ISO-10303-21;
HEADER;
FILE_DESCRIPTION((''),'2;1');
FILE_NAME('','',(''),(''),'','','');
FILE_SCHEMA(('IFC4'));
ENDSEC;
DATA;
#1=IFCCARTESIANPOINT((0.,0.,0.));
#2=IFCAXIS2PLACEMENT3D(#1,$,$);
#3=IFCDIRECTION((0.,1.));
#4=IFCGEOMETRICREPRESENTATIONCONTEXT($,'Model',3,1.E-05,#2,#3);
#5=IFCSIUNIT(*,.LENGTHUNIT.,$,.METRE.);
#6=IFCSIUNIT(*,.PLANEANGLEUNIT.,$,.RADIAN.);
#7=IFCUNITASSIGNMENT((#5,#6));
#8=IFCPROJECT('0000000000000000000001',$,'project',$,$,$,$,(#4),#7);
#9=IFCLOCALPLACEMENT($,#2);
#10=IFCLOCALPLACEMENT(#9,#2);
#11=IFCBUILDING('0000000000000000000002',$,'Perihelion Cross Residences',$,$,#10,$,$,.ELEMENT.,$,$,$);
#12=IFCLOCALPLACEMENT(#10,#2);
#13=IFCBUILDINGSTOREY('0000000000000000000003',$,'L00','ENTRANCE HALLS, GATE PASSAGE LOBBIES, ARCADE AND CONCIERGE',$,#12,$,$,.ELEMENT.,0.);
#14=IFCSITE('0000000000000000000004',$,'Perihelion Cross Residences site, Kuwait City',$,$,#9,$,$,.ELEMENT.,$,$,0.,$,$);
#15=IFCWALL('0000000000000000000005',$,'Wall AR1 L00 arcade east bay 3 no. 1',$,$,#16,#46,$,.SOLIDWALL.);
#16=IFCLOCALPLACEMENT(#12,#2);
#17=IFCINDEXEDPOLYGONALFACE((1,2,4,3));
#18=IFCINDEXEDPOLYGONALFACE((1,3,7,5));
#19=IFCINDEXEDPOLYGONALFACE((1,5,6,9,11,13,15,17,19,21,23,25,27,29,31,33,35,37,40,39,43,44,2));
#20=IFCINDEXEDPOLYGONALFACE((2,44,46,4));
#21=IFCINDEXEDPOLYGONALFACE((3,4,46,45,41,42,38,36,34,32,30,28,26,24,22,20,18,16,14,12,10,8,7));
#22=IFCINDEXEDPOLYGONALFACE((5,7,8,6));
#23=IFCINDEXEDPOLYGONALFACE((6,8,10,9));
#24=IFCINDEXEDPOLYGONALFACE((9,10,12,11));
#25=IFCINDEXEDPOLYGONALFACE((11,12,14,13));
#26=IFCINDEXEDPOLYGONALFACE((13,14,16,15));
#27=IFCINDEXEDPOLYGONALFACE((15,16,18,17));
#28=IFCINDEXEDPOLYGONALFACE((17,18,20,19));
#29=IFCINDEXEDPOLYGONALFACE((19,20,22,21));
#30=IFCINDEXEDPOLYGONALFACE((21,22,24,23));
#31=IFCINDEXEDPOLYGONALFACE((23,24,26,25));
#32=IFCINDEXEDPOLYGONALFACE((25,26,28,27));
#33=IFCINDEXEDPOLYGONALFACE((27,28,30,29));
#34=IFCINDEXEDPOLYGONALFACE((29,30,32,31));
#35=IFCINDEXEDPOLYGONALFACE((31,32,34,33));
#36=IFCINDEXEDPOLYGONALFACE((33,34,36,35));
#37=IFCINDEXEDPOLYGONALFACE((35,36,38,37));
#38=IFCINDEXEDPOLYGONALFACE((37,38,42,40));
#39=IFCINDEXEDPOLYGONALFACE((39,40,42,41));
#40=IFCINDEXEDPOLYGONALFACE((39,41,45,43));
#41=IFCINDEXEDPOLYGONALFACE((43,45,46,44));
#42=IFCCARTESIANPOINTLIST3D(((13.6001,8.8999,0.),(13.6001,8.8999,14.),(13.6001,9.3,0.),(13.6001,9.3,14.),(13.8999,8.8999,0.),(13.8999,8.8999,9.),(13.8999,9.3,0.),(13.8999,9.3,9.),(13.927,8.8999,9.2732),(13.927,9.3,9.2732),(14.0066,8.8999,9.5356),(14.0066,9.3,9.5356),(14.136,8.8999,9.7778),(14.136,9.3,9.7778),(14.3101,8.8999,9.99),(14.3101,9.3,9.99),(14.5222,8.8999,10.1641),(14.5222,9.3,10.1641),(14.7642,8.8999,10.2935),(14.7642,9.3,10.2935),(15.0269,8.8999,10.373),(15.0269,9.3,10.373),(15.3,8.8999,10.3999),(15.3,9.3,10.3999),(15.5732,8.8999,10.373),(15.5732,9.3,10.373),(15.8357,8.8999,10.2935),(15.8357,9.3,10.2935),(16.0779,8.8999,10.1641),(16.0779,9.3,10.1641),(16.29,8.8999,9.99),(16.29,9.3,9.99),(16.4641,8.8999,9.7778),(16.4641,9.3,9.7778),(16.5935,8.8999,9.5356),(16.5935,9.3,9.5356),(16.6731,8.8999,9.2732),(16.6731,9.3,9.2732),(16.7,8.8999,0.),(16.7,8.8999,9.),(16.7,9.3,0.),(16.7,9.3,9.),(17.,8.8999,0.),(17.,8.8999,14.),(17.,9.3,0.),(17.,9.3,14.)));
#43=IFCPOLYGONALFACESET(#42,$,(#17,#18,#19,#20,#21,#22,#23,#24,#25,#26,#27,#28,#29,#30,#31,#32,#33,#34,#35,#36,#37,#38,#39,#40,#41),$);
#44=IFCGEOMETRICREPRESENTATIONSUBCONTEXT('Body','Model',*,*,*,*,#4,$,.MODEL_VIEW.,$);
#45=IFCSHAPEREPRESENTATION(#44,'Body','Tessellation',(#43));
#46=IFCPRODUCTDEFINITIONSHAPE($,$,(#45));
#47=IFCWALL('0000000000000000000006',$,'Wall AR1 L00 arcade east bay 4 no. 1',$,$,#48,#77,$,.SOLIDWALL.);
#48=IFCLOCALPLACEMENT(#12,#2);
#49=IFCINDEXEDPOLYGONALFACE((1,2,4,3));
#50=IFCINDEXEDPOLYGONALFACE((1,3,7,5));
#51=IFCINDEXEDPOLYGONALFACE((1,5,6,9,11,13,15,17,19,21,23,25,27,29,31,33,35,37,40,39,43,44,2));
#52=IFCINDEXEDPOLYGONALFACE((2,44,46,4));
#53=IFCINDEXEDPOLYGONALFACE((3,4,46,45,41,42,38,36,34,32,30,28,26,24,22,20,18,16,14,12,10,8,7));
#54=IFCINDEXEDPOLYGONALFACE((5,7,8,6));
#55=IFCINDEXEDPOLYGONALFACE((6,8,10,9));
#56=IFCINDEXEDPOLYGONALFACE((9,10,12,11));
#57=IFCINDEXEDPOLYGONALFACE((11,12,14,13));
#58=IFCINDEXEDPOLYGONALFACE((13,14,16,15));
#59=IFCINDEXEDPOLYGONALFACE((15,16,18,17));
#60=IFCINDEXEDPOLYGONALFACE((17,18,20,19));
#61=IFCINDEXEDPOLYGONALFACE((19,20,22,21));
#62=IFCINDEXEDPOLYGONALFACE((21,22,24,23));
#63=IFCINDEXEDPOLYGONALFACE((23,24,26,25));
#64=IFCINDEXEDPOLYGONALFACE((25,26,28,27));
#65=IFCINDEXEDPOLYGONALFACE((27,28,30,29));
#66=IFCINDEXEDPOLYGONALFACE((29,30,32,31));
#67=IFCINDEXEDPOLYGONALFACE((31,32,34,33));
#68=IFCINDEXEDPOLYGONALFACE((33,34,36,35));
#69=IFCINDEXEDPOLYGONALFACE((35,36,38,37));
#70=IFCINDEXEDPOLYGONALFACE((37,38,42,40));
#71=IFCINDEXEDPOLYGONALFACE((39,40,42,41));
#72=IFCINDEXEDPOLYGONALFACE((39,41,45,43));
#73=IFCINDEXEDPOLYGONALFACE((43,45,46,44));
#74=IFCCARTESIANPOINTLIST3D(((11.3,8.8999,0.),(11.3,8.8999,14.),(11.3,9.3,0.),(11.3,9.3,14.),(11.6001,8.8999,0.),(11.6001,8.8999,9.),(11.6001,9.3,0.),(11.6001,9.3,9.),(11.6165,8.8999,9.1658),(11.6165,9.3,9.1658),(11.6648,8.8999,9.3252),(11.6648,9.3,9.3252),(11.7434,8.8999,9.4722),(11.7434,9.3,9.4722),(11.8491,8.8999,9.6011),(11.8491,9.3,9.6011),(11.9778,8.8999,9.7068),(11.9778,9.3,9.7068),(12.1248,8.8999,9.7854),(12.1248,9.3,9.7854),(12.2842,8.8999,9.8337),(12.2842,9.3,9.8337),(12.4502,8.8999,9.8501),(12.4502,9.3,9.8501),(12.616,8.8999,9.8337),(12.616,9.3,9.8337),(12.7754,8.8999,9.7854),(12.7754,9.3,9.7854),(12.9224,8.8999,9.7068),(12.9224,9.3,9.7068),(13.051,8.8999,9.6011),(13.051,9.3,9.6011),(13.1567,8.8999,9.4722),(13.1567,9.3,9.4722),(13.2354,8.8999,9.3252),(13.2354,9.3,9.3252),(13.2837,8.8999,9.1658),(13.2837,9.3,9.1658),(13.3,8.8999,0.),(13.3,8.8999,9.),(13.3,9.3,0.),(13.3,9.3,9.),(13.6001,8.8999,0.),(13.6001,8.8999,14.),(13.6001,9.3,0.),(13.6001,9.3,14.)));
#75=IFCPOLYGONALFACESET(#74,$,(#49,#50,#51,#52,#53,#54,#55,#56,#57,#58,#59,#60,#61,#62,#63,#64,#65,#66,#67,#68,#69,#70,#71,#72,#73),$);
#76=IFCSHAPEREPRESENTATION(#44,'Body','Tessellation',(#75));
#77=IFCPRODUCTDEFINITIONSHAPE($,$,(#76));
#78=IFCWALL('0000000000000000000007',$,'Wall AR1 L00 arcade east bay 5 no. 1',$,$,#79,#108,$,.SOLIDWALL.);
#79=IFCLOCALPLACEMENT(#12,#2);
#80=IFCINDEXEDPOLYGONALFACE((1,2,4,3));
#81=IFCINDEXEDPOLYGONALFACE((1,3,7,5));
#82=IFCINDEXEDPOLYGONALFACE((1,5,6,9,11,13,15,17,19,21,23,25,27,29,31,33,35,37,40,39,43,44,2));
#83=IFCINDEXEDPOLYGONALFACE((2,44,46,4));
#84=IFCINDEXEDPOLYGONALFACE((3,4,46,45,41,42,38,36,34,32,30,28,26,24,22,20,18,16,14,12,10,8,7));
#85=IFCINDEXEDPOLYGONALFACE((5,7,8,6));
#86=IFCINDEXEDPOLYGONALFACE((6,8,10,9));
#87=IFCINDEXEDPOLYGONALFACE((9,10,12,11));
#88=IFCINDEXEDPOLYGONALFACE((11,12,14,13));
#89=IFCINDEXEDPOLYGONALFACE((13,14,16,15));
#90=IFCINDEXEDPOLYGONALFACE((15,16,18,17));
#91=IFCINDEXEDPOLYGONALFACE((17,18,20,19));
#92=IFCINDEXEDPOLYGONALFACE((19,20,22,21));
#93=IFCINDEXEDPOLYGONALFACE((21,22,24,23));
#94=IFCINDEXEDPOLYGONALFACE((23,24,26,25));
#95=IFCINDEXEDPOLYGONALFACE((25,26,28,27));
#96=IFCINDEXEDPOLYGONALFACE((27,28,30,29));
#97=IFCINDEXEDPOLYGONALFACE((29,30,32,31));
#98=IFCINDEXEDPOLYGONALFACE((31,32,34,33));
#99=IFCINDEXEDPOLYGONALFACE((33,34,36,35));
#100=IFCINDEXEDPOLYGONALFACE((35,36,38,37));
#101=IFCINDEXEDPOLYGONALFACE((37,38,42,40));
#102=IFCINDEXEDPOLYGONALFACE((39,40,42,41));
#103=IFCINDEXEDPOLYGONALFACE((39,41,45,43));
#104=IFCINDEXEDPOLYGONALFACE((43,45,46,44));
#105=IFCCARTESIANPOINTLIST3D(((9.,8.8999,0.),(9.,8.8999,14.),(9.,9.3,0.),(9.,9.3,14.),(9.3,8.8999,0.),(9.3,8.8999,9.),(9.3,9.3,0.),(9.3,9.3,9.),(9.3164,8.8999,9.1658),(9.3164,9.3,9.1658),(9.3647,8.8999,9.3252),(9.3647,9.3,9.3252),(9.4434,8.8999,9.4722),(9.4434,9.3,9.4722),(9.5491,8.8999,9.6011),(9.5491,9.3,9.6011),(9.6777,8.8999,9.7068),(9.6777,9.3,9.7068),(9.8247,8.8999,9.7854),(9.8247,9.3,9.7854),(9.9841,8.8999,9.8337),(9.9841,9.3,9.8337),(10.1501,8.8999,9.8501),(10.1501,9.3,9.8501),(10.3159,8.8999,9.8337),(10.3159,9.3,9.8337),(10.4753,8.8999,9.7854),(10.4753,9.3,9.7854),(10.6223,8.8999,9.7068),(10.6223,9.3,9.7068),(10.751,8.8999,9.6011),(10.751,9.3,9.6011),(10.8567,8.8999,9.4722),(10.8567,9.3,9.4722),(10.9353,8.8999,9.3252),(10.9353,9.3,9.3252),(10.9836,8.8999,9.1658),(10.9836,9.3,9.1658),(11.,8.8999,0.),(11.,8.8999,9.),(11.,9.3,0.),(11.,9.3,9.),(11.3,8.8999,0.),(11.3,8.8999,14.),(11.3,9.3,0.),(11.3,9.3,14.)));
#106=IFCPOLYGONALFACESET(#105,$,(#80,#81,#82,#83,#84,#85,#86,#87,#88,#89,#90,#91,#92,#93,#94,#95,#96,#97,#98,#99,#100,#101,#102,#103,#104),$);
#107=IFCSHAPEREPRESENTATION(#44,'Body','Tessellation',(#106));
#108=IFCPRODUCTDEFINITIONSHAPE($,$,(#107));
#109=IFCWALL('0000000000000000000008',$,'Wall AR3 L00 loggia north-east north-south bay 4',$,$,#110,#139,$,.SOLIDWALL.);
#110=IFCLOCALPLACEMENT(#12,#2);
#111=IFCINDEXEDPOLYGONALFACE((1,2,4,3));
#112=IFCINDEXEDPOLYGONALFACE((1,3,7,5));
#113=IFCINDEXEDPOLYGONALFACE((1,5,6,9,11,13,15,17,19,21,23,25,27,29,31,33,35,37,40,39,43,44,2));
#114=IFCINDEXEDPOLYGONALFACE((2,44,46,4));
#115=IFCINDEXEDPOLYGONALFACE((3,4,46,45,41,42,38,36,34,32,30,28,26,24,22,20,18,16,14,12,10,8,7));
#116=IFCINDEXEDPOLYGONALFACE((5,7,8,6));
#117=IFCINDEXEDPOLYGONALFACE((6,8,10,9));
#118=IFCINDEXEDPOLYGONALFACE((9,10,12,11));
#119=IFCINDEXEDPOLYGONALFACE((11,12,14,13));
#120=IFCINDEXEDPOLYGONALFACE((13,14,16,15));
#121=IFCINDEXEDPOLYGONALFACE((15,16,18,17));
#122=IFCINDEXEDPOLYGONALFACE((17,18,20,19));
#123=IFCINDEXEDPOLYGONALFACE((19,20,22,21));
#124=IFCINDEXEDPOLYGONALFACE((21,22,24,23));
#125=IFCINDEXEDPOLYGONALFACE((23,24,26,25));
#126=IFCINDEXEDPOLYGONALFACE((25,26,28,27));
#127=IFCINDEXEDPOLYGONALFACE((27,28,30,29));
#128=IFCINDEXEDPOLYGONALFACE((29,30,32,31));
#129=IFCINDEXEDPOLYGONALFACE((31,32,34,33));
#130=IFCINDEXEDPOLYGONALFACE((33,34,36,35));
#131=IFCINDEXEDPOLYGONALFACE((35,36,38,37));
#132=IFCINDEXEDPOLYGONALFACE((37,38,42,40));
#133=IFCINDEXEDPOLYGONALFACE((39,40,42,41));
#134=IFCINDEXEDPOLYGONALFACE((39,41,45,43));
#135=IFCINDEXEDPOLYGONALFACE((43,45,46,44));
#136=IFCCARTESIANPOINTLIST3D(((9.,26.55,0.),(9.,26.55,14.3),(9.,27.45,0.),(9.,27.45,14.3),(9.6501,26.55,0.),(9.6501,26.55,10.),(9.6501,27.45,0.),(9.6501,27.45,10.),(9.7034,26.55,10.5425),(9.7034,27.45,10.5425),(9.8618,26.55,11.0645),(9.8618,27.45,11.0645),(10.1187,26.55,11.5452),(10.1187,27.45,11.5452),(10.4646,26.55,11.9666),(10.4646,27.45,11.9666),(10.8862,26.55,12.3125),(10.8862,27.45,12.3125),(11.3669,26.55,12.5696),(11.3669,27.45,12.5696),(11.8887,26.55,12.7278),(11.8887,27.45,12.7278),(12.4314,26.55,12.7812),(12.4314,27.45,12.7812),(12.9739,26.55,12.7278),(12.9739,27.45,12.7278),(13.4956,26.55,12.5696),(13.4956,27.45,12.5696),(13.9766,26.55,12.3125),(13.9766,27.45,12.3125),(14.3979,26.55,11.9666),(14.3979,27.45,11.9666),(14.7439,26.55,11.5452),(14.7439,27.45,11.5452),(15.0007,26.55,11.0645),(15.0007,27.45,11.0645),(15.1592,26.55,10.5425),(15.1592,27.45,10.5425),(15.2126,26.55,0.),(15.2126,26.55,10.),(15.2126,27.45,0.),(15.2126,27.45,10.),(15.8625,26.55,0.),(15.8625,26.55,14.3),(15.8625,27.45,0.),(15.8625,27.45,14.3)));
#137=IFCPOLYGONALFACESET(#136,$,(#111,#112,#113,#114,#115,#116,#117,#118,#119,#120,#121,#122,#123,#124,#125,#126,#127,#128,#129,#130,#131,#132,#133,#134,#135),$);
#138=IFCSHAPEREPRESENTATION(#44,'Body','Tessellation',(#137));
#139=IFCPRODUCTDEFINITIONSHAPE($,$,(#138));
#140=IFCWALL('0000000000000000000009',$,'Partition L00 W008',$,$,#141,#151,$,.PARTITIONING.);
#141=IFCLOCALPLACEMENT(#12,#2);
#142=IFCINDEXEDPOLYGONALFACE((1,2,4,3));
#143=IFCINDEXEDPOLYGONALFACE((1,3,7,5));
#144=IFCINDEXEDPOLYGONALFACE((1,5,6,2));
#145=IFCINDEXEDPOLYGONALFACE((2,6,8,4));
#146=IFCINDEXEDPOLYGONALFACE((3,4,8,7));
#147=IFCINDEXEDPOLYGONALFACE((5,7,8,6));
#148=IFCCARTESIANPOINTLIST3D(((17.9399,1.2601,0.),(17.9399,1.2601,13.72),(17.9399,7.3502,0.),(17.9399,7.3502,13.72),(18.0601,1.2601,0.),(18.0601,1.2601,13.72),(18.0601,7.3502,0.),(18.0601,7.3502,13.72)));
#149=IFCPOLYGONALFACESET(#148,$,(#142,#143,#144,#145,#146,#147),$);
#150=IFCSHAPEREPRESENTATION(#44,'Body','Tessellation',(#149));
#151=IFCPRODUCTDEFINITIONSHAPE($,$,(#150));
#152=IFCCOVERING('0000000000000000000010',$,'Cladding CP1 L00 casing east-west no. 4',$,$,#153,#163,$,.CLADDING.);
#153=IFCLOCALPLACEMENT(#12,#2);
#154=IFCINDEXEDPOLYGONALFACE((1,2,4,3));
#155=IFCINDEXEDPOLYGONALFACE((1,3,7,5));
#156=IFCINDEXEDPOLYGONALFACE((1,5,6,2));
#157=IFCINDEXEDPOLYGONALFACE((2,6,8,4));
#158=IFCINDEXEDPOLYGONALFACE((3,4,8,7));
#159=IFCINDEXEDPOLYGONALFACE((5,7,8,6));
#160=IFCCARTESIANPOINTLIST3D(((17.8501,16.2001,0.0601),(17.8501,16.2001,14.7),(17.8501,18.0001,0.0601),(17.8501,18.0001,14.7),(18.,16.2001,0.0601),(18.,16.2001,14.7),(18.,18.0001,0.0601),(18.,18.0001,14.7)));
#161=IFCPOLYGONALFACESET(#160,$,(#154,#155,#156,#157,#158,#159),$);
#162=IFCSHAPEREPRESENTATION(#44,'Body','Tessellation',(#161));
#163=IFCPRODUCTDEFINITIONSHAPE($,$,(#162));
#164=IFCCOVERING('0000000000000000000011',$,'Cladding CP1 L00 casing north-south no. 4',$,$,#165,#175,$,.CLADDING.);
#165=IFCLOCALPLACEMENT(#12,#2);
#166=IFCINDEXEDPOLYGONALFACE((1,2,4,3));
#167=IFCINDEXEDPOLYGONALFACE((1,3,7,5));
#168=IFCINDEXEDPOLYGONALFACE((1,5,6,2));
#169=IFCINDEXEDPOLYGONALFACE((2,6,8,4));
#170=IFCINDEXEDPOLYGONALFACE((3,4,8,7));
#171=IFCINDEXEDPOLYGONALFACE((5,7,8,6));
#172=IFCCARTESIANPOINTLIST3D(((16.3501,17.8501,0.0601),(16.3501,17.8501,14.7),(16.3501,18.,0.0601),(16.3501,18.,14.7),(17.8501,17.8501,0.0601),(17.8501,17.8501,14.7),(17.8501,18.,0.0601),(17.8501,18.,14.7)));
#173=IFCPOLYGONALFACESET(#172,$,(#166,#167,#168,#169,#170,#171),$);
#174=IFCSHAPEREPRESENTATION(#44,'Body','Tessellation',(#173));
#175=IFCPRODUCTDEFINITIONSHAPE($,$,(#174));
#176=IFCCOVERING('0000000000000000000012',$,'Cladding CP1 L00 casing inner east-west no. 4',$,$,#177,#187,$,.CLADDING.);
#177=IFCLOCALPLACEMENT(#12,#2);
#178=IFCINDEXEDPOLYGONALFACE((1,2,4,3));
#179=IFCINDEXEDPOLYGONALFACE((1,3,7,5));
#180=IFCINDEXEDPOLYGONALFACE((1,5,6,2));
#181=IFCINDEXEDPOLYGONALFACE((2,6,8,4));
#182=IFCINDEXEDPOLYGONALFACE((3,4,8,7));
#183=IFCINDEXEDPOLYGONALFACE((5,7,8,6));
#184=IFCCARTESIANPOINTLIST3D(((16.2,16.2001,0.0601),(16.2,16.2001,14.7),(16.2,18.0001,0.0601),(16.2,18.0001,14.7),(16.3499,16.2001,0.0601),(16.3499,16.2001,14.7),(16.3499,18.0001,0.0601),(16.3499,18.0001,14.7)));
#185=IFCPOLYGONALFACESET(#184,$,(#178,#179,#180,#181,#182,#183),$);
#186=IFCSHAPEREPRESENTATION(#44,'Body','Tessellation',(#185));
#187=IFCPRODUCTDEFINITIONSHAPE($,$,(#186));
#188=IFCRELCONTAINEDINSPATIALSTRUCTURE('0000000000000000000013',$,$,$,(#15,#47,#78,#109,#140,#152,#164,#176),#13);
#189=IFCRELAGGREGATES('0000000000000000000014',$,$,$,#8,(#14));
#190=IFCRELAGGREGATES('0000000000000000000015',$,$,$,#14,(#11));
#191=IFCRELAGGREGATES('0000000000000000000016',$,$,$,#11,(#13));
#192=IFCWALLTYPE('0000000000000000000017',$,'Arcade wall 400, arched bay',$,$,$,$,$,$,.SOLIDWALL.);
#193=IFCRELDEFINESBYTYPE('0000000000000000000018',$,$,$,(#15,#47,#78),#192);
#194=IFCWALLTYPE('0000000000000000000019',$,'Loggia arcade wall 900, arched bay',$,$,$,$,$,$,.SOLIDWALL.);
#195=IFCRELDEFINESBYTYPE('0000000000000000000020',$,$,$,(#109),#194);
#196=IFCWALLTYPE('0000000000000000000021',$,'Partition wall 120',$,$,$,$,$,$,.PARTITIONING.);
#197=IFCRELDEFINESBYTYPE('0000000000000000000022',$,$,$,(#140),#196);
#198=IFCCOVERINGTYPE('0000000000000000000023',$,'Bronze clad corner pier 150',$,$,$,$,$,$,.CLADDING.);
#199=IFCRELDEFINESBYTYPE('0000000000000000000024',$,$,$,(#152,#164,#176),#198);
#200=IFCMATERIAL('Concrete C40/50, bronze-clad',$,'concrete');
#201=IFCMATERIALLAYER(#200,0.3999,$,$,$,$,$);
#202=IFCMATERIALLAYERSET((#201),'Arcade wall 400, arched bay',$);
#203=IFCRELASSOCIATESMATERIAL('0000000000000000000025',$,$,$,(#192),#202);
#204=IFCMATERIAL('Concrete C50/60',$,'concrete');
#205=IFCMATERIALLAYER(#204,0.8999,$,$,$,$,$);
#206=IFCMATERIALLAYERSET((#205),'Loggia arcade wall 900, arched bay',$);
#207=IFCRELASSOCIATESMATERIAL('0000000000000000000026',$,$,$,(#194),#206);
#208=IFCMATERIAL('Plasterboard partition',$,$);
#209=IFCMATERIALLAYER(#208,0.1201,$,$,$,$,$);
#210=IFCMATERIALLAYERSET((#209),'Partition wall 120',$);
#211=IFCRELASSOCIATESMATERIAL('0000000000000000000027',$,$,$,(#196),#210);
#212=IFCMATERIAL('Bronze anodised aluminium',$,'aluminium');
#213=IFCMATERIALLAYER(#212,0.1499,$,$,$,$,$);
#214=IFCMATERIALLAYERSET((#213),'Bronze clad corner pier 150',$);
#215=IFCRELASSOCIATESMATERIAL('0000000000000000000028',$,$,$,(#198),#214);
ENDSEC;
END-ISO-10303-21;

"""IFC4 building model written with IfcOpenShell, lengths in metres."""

from ifc_helpers import new_model, si_unit, direction, frame, frame_2d, origin, origin_2d, place, context, subcontext, project, spatial, polyline, rectangle, outline, extrude, material, layer, layer_set, type_object, element, save


model = new_model("IFC4")

# Units and contexts
model_context = context("Model", 3, precision=1e-05, world=origin(), true_north=direction((0.0, 1.0)))
body_context = subcontext(model_context, "Body", "Model", "MODEL_VIEW")
ifc_project = project(units=[si_unit("LENGTHUNIT", "METRE"), si_unit("PLANEANGLEUNIT", "RADIAN")], contexts=[model_context])

# Site, building, storey
site_placement = place(None, origin())
site = spatial("IfcSite", under=ifc_project, at=site_placement, Name="Perihelion Cross Residences site, Kuwait City", CompositionType="ELEMENT", RefElevation=0.0)
building_placement = place(site_placement, origin())
building = spatial("IfcBuilding", under=site, at=building_placement, Name="Perihelion Cross Residences", CompositionType="ELEMENT")
storey_placement = place(building_placement, origin())
storey = spatial("IfcBuildingStorey", under=building, at=storey_placement, Name="L00", Description="ENTRANCE HALLS, GATE PASSAGE LOBBIES, ARCADE AND CONCIERGE", CompositionType="ELEMENT", Elevation=0.0)

# Walls
ifc_material_1 = material(Name="Concrete C40/50, bronze-clad", Category="concrete")
ifc_layer_1 = layer(ifc_material_1, 0.3999)
ifc_layer_set_1 = layer_set([ifc_layer_1], Name="Arcade wall 400, arched bay")
wall_type_1 = type_object("IfcWallType", Name="Arcade wall 400, arched bay", PredefinedType="SOLIDWALL", material=ifc_layer_set_1)
wall_1_placement = place(storey_placement, frame((17.0, 8.8999, 0.0), z_axis=(0.0, 1.0, 0.0), x_axis=(-1.0, 0.0, 0.0)))
element("IfcWall", 1, at=wall_1_placement, inside=storey, type_object=wall_type_1, Name="Wall AR1 L00 arcade east bay 3 no. 1", PredefinedType="SOLIDWALL", context=body_context, shape_type="SweptSolid", body=[
    extrude(outline(polyline([(0.0, 0.0), (0.3, 0.0), (0.3, 9.0), (0.3269, 9.2732), (0.4065, 9.5356), (0.5359, 9.7778), (0.71, 9.99), (0.9221, 10.1641), (1.1643, 10.2935), (1.4268, 10.373), (1.7, 10.3999), (1.9731, 10.373), (2.2358, 10.2935), (2.4778, 10.1641), (2.6899, 9.99), (2.864, 9.7778), (2.9934, 9.5356), (3.073, 9.2732), (3.1001, 9.0), (3.1001, 0.0), (3.3999, 0.0), (3.3999, 14.0), (0.0, 14.0), (0.0, 0.0)])), origin(), (0.0, 0.0, 1.0), 0.4001),
])
for number, where, z_axis, x_axis, name in (
    (2, (13.6001, 8.8999, 0.0), (0.0, 1.0, 0.0), (-1.0, 0.0, 0.0), "Wall AR1 L00 arcade east bay 4 no. 1"),
    (3, (11.3, 8.8999, 0.0), (0.0, 1.0, 0.0), (-1.0, 0.0, 0.0), "Wall AR1 L00 arcade east bay 5 no. 1"),
):
    element("IfcWall", number, at=place(storey_placement, frame(where, z_axis=z_axis, x_axis=x_axis)), inside=storey, type_object=wall_type_1, Name=name, PredefinedType="SOLIDWALL", context=body_context, shape_type="SweptSolid", body=[
        extrude(outline(polyline([(0.0, 0.0), (0.3, 0.0), (0.3, 9.0), (0.3164, 9.1658), (0.3647, 9.3252), (0.4434, 9.4722), (0.5491, 9.6011), (0.6777, 9.7068), (0.8247, 9.7854), (0.9841, 9.8337), (1.1499, 9.8501), (1.3159, 9.8337), (1.4753, 9.7854), (1.6223, 9.7068), (1.751, 9.6011), (1.8567, 9.4722), (1.9353, 9.3252), (1.9836, 9.1658), (2.0, 9.0), (2.0, 0.0), (2.3, 0.0), (2.3, 14.0), (0.0, 14.0), (0.0, 0.0)])), origin(), (0.0, 0.0, 1.0), 0.4001),
    ])

# Walls
ifc_material_2 = material(Name="Concrete C50/60", Category="concrete")
ifc_layer_2 = layer(ifc_material_2, 0.8999)
ifc_layer_set_2 = layer_set([ifc_layer_2], Name="Loggia arcade wall 900, arched bay")
wall_type_2 = type_object("IfcWallType", Name="Loggia arcade wall 900, arched bay", PredefinedType="SOLIDWALL", material=ifc_layer_set_2)
wall_2_placement = place(storey_placement, frame((15.8625, 26.55, 0.0), z_axis=(0.0, 1.0, 0.0), x_axis=(-1.0, 0.0, 0.0)))
element("IfcWall", 4, at=wall_2_placement, inside=storey, type_object=wall_type_2, Name="Wall AR3 L00 loggia north-east north-south bay 4", PredefinedType="SOLIDWALL", context=body_context, shape_type="SweptSolid", body=[
    extrude(outline(polyline([(0.0, 0.0), (0.6499, 0.0), (0.6499, 10.0), (0.7034, 10.5425), (0.8618, 11.0645), (1.1187, 11.5452), (1.4646, 11.9666), (1.886, 12.3125), (2.3669, 12.5696), (2.8887, 12.7278), (3.4312, 12.7812), (3.9739, 12.7278), (4.4956, 12.5696), (4.9763, 12.3125), (5.3979, 11.9666), (5.7439, 11.5452), (6.0007, 11.0645), (6.1592, 10.5425), (6.2124, 10.0), (6.2124, 0.0), (6.8625, 0.0), (6.8625, 14.3), (0.0, 14.3), (0.0, 0.0)])), origin(), (0.0, 0.0, 1.0), 0.8999),
])
ifc_material_3 = material(Name="Plasterboard partition")
ifc_layer_3 = layer(ifc_material_3, 0.1201)
ifc_layer_set_3 = layer_set([ifc_layer_3], Name="Partition wall 120")
wall_type_3 = type_object("IfcWallType", Name="Partition wall 120", PredefinedType="PARTITIONING", material=ifc_layer_set_3)
wall_3_placement = place(storey_placement, frame((18.0, 7.3501, 0.0), z_axis=(0.0, 0.0, 1.0), x_axis=(0.0, -1.0, 0.0)))
element("IfcWall", 5, at=wall_3_placement, inside=storey, type_object=wall_type_3, Name="Partition L00 W008", PredefinedType="PARTITIONING", context=body_context, shape_type="SweptSolid", body=[
    extrude(rectangle(XDim=6.0901, YDim=0.1201, at=frame_2d((3.0449, 0.0))), origin(), (0.0, 0.0, 1.0), 13.72),
])

# Coverings
ifc_material_4 = material(Name="Bronze anodised aluminium", Category="aluminium")
ifc_layer_4 = layer(ifc_material_4, 0.1499)
ifc_layer_set_4 = layer_set([ifc_layer_4], Name="Bronze clad corner pier 150")
covering_type = type_object("IfcCoveringType", Name="Bronze clad corner pier 150", PredefinedType="CLADDING", material=ifc_layer_set_4)
covering_1_placement = place(storey_placement, frame((17.925, 17.1001, 0.0601), z_axis=(0.0, 0.0, 1.0), x_axis=(1.0, 0.0, 0.0)))
element("IfcCovering", 6, at=covering_1_placement, inside=storey, type_object=covering_type, Name="Cladding CP1 L00 casing east-west no. 4", PredefinedType="CLADDING", context=body_context, shape_type="SweptSolid", body=[
    extrude(rectangle(XDim=0.1499, YDim=1.8, at=origin_2d()), origin(), (0.0, 0.0, 1.0), 14.6399),
])
covering_2_placement = place(storey_placement, frame((17.1001, 17.925, 0.0601), z_axis=(0.0, 0.0, 1.0), x_axis=(1.0, 0.0, 0.0)))
element("IfcCovering", 7, at=covering_2_placement, inside=storey, type_object=covering_type, Name="Cladding CP1 L00 casing north-south no. 4", PredefinedType="CLADDING", context=body_context, shape_type="SweptSolid", body=[
    extrude(rectangle(XDim=1.5, YDim=0.1499, at=origin_2d()), origin(), (0.0, 0.0, 1.0), 14.6399),
])
covering_3_placement = place(storey_placement, frame((16.2749, 17.1001, 0.0601), z_axis=(0.0, 0.0, 1.0), x_axis=(1.0, 0.0, 0.0)))
element("IfcCovering", 8, at=covering_3_placement, inside=storey, type_object=covering_type, Name="Cladding CP1 L00 casing inner east-west no. 4", PredefinedType="CLADDING", context=body_context, shape_type="SweptSolid", body=[
    extrude(rectangle(XDim=0.1499, YDim=1.8, at=origin_2d()), origin(), (0.0, 0.0, 1.0), 14.6399),
])

save(model, "model.ifc")
